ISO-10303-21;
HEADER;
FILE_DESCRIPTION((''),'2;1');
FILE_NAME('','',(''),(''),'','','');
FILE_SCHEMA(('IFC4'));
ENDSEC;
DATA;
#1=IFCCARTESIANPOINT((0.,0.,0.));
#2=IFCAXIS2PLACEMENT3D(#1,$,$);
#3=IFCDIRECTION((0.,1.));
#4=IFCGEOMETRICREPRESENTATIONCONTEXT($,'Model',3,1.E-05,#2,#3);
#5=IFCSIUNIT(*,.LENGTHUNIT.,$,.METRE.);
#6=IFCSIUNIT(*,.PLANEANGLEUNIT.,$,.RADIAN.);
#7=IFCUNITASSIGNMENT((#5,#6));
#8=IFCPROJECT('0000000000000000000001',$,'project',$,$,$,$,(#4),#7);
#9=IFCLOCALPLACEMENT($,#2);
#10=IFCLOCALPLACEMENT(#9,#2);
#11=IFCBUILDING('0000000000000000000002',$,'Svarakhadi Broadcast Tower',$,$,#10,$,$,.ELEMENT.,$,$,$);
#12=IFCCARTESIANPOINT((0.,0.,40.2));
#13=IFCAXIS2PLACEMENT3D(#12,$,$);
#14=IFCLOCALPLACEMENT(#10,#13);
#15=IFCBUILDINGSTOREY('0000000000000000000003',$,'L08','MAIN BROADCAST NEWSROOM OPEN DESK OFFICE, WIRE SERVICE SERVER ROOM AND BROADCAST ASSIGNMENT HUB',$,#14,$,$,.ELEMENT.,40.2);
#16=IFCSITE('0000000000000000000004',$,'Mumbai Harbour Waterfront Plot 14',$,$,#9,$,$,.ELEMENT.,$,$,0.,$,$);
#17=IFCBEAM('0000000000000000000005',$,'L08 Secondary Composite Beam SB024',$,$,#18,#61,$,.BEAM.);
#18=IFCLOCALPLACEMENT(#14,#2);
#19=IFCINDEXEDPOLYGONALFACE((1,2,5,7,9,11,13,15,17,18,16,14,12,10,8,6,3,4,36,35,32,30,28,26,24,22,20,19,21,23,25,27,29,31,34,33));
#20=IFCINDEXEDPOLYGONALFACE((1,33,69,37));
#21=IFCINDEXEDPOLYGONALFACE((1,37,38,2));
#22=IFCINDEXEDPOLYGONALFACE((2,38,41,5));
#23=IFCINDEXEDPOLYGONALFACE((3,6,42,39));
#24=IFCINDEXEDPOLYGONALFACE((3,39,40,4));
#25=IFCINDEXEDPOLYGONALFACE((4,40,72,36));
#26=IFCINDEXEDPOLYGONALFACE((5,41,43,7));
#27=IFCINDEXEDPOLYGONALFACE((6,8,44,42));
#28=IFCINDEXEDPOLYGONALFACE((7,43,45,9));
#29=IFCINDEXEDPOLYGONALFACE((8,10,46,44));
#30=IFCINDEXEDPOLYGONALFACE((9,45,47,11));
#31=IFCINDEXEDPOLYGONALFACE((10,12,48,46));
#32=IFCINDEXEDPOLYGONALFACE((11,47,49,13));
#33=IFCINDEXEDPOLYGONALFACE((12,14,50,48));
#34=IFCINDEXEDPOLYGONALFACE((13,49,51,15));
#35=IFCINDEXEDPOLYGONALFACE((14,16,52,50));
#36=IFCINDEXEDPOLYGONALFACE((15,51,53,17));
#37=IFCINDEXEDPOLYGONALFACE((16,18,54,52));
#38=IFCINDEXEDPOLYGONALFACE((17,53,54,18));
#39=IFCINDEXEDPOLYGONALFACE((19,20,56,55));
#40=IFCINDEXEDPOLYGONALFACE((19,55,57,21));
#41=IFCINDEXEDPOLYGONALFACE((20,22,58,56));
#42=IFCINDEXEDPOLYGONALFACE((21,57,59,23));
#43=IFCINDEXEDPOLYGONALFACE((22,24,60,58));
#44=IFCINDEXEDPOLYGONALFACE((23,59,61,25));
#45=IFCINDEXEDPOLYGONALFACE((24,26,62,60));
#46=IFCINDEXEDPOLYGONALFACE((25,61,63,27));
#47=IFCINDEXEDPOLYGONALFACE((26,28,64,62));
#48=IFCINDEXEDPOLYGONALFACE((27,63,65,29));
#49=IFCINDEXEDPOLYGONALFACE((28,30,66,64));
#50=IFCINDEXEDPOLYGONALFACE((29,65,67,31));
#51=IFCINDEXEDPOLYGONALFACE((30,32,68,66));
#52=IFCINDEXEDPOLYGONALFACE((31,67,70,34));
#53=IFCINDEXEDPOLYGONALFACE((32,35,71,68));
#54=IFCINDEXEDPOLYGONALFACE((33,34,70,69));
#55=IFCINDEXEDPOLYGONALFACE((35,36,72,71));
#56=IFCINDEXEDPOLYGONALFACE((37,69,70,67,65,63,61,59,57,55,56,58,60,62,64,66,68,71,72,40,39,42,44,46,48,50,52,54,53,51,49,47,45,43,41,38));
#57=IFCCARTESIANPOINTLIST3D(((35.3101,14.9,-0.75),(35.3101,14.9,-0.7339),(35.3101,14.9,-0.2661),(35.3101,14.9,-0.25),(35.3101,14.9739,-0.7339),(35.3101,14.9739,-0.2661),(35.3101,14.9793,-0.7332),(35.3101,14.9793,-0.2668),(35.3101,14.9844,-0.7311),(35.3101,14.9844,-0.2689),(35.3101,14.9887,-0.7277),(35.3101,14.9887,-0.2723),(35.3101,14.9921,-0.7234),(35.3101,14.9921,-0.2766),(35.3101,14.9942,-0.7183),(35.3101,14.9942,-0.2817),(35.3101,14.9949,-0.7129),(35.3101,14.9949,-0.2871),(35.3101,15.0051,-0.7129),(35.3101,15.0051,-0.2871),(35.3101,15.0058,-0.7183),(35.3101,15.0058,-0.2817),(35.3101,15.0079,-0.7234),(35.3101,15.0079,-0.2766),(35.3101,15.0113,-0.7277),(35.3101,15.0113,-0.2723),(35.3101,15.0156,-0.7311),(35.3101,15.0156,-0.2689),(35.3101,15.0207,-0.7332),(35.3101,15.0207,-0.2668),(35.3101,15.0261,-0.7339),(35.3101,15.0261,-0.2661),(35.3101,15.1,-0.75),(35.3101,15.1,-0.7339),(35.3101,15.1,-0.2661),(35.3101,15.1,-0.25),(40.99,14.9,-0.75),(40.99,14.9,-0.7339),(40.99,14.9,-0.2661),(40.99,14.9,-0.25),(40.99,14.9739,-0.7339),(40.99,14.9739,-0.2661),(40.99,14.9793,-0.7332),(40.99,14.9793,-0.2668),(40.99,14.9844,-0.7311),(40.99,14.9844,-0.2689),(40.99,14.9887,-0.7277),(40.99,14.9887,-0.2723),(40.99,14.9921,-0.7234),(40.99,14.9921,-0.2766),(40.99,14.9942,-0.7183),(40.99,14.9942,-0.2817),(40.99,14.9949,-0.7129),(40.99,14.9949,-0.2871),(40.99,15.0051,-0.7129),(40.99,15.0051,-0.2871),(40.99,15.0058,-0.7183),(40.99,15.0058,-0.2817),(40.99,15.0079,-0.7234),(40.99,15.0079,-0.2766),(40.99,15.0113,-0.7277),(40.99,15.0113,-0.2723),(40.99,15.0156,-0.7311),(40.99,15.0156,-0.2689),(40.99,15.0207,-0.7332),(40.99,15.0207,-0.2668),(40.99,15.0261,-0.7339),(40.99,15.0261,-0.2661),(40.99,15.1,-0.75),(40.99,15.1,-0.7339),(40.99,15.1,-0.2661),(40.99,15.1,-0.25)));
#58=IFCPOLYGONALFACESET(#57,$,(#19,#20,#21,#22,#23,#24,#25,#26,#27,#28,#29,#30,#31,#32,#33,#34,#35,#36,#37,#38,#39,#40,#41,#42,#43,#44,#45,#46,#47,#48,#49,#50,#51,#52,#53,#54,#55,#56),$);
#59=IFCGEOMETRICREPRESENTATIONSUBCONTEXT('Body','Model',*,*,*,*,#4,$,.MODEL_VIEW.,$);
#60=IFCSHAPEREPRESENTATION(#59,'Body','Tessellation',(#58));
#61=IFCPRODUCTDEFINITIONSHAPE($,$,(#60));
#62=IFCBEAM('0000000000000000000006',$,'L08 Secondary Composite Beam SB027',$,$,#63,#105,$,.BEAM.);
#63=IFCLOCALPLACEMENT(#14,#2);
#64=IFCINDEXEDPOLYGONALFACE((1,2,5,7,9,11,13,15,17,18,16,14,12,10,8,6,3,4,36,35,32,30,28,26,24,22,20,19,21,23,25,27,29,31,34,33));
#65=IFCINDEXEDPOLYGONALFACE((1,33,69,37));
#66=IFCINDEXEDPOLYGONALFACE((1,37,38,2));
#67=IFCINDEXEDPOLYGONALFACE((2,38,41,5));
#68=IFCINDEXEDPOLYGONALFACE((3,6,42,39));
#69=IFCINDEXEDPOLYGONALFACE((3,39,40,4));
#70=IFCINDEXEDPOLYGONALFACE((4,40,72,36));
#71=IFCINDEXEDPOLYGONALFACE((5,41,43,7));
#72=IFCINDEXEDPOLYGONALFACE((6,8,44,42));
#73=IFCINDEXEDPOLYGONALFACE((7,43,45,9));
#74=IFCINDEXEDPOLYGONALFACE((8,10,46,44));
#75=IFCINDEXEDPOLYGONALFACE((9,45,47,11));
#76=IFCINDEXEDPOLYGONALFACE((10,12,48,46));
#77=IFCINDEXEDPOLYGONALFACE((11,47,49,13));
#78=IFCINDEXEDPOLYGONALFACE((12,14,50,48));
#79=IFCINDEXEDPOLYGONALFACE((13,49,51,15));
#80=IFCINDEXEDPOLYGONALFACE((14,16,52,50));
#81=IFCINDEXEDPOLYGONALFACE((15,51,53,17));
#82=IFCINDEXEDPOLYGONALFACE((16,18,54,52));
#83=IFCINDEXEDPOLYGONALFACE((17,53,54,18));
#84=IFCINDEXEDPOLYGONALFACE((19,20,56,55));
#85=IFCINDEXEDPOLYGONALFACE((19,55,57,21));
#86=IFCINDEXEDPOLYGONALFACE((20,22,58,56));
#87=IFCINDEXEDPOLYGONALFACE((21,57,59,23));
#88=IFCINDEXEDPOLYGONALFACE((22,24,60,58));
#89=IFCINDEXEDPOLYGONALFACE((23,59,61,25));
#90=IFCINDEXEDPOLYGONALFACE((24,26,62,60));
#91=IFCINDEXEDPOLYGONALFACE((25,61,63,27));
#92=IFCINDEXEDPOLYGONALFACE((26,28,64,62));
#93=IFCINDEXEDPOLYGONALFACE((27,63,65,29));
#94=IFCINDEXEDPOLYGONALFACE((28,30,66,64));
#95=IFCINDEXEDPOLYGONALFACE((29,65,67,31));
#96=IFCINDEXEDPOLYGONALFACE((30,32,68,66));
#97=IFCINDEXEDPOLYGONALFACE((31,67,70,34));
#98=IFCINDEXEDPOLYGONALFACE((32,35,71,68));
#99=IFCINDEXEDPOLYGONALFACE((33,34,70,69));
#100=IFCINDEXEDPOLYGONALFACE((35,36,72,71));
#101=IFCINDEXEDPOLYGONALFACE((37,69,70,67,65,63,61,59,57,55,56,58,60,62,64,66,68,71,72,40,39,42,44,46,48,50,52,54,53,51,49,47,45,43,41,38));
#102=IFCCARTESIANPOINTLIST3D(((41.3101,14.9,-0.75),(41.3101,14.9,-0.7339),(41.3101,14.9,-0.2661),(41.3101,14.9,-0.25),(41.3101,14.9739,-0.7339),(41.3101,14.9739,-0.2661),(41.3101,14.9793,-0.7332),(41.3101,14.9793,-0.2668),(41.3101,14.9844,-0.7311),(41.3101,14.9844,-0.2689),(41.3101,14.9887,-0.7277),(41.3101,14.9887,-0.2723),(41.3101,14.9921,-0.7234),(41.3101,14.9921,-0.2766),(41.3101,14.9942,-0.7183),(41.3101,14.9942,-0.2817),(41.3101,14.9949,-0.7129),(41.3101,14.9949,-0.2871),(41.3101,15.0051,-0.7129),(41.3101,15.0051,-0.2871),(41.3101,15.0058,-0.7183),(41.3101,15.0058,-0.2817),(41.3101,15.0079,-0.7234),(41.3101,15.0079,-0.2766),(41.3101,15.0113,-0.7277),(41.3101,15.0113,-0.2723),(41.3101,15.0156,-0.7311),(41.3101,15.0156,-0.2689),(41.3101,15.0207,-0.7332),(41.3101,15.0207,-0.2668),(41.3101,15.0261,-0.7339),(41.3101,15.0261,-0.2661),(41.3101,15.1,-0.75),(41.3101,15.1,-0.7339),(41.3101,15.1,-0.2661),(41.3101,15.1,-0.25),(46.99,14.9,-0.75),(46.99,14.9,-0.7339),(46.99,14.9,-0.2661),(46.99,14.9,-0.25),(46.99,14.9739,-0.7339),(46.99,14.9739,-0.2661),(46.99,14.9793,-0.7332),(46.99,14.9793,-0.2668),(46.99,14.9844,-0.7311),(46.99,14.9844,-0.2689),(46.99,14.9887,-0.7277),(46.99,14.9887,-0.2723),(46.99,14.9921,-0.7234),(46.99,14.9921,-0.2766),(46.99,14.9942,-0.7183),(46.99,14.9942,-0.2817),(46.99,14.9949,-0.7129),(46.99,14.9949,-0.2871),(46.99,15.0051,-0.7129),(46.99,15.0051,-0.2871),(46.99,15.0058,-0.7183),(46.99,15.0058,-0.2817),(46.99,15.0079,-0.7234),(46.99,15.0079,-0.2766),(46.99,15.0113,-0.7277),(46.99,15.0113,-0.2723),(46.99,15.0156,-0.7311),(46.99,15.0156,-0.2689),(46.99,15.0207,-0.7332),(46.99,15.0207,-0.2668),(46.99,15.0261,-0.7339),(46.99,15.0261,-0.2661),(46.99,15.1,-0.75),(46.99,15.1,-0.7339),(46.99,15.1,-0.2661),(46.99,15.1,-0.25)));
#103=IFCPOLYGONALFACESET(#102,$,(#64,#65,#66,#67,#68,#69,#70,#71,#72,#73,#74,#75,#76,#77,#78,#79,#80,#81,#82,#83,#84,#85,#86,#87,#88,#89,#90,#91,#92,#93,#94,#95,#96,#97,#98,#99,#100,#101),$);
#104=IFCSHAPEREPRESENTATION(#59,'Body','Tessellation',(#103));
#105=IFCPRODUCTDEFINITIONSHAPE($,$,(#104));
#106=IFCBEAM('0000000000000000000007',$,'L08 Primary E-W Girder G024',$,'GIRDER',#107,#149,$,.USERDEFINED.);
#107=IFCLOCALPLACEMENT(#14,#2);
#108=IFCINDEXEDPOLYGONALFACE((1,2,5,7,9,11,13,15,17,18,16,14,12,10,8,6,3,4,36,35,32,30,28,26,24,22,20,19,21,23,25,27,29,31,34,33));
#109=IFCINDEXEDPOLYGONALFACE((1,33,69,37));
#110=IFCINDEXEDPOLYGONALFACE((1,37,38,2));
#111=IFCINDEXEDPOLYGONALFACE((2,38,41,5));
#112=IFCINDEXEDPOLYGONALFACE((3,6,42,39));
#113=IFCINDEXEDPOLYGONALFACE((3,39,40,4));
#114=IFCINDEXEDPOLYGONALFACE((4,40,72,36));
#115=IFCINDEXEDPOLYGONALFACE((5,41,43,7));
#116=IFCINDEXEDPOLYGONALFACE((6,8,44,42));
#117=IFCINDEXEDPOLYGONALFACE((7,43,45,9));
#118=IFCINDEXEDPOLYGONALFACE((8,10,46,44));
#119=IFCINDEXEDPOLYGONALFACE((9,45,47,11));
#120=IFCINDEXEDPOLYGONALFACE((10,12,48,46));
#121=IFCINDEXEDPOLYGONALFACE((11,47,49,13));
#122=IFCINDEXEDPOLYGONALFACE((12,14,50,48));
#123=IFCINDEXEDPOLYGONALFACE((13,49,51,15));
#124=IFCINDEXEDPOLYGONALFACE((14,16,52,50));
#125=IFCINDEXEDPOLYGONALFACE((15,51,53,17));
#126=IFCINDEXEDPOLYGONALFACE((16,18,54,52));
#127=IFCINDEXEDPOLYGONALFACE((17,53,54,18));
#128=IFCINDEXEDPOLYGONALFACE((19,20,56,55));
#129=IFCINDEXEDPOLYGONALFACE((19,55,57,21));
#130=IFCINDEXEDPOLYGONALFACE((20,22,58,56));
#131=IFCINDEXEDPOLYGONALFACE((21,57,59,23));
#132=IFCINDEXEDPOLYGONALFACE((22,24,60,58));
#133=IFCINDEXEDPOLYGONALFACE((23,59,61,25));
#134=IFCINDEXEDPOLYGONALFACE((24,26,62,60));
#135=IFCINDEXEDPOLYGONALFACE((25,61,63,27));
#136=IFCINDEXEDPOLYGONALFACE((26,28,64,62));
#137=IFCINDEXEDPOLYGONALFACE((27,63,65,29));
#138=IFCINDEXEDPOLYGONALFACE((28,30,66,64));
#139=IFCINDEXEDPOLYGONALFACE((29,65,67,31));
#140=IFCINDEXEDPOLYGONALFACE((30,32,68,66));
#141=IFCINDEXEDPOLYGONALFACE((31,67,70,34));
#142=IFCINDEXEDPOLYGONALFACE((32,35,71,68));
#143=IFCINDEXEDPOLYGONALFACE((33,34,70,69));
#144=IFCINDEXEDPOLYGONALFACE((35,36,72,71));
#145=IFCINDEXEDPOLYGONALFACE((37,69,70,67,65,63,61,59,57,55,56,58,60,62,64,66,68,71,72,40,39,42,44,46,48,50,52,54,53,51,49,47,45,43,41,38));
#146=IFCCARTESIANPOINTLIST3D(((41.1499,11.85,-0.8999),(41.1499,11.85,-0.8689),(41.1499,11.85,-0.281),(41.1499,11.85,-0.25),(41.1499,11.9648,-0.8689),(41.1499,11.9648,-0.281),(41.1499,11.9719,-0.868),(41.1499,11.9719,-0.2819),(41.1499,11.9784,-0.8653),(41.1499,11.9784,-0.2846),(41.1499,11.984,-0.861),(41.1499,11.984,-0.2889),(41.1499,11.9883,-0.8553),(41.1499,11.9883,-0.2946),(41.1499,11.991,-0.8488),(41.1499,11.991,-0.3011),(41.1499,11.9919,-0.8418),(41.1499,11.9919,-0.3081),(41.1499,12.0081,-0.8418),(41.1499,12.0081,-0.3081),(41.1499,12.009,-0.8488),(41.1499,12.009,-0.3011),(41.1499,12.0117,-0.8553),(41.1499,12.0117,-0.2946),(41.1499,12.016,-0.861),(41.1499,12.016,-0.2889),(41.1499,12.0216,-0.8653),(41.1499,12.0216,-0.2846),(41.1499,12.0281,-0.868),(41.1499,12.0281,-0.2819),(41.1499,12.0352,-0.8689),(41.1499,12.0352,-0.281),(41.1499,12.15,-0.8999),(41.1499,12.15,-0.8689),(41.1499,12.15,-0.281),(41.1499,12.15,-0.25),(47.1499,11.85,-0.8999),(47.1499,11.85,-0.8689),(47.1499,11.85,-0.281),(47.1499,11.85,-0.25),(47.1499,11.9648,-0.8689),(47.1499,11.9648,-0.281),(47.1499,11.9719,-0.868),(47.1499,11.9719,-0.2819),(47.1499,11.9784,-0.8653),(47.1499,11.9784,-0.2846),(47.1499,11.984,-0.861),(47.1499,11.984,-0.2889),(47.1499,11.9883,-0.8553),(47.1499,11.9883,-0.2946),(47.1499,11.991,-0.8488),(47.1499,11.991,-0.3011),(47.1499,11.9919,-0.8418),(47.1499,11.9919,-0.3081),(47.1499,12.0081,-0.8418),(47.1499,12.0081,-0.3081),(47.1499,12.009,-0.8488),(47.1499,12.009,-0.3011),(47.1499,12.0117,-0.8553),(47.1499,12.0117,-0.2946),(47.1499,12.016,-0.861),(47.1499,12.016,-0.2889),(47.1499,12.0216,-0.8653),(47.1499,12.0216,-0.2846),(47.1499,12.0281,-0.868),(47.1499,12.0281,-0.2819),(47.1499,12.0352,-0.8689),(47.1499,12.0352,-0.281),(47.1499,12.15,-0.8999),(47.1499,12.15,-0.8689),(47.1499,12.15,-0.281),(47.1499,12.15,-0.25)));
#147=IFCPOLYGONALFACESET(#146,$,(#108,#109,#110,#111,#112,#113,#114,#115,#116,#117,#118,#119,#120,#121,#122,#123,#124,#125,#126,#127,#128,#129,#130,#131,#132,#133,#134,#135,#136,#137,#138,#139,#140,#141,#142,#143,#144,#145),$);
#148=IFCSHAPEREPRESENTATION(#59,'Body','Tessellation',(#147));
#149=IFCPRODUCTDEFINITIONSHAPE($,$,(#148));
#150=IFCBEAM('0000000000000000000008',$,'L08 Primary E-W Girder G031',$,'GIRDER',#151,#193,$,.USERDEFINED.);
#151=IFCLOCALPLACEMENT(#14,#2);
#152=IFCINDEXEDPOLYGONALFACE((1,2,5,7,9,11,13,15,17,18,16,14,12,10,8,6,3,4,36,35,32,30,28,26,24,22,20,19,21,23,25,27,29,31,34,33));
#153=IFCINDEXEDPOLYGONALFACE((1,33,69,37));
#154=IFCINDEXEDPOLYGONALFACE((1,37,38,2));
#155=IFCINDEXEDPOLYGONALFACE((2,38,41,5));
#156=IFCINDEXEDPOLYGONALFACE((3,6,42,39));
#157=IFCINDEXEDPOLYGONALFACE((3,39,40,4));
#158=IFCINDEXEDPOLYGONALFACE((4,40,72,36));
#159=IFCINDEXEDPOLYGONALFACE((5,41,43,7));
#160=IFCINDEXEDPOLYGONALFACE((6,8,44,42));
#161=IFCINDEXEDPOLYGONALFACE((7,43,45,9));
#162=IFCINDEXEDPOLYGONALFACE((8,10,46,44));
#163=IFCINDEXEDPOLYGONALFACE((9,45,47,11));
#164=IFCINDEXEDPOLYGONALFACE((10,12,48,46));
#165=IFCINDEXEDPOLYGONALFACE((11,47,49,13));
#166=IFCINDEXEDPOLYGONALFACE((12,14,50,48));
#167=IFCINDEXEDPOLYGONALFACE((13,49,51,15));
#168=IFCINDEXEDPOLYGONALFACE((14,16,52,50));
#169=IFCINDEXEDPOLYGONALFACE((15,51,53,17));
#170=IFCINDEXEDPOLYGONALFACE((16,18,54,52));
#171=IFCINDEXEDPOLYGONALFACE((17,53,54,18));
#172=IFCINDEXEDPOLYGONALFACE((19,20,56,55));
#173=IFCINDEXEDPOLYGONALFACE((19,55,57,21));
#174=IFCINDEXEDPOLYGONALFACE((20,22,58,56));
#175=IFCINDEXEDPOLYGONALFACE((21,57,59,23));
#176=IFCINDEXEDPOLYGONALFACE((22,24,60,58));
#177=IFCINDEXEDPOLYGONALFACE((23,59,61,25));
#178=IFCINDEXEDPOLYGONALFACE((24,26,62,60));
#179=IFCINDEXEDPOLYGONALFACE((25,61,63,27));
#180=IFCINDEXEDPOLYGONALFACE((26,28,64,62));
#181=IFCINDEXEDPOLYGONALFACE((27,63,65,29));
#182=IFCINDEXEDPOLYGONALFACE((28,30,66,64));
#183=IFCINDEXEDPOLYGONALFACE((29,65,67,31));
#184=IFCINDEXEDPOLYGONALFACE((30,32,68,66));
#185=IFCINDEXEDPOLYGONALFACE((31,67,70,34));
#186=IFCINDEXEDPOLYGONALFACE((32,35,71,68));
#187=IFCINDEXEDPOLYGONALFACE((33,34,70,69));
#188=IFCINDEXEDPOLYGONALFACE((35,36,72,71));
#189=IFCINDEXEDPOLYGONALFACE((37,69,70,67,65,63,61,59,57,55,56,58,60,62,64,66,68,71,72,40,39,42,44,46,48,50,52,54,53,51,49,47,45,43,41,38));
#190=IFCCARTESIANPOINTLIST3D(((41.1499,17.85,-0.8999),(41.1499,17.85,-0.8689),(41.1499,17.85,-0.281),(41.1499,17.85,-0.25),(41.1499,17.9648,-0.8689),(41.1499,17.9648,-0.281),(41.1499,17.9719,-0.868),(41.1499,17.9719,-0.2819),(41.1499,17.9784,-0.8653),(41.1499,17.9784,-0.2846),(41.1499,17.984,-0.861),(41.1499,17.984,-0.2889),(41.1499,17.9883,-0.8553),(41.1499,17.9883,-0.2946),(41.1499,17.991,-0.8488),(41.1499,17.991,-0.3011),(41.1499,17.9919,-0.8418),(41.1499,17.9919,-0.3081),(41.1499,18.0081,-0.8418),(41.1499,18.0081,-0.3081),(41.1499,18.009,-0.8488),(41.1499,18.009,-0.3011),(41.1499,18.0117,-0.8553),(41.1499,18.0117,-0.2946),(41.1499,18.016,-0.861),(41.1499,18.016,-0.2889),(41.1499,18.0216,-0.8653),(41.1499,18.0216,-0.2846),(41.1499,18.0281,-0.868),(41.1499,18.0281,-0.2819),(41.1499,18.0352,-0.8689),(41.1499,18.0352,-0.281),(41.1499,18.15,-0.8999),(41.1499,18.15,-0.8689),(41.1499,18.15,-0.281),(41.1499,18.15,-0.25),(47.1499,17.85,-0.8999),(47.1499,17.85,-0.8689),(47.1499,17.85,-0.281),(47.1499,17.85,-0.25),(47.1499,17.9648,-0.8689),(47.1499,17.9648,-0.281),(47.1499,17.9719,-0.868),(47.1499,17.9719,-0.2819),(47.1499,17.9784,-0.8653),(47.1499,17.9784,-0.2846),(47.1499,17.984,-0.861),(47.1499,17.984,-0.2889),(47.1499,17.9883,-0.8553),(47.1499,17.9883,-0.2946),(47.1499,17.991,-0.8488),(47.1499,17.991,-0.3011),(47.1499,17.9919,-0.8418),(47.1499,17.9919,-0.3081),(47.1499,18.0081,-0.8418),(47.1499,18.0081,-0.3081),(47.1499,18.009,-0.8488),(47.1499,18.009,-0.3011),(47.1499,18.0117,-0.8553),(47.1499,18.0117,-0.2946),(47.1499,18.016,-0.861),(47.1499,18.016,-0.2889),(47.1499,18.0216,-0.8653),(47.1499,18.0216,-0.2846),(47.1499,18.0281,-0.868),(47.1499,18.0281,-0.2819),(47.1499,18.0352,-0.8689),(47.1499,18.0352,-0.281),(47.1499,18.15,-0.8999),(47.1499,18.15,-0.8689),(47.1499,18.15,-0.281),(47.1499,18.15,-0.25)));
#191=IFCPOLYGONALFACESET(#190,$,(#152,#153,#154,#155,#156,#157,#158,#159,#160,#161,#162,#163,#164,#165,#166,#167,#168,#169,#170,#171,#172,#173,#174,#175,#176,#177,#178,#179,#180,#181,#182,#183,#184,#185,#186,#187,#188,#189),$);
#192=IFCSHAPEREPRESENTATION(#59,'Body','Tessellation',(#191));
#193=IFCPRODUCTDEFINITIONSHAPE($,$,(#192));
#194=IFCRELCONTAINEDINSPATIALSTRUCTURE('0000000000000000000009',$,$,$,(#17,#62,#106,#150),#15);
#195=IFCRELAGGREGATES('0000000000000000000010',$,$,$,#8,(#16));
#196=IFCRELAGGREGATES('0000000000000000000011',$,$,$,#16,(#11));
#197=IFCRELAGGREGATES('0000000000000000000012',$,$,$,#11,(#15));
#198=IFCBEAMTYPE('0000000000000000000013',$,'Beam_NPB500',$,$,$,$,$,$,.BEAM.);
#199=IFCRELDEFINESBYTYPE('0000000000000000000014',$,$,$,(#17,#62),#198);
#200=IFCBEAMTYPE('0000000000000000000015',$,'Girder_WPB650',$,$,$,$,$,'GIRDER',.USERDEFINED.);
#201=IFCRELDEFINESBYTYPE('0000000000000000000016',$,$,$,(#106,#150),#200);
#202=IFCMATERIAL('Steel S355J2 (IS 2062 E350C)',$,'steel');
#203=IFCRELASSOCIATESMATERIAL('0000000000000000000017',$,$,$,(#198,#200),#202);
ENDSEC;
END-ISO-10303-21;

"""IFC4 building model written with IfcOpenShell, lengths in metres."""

from ifc_helpers import new_model, si_unit, direction, frame, origin, origin_2d, place, context, subcontext, project, spatial, i_section, extrude, material, material_profile, profile_set, type_object, element, save


model = new_model("IFC4")

# Units and contexts
model_context = context("Model", 3, precision=1e-05, world=origin(), true_north=direction((0.0, 1.0)))
body_context = subcontext(model_context, "Body", "Model", "MODEL_VIEW")
ifc_project = project(units=[si_unit("LENGTHUNIT", "METRE"), si_unit("PLANEANGLEUNIT", "RADIAN")], contexts=[model_context])

# Site, building, storey
site_placement = place(None, origin())
site = spatial("IfcSite", under=ifc_project, at=site_placement, Name="Mumbai Harbour Waterfront Plot 14", CompositionType="ELEMENT", RefElevation=0.0)
building_placement = place(site_placement, origin())
building = spatial("IfcBuilding", under=site, at=building_placement, Name="Svarakhadi Broadcast Tower", CompositionType="ELEMENT")
storey_placement = place(building_placement, frame((0.0, 0.0, 40.2)))
storey = spatial("IfcBuildingStorey", under=building, at=storey_placement, Name="L08", Description="MAIN BROADCAST NEWSROOM OPEN DESK OFFICE, WIRE SERVICE SERVER ROOM AND BROADCAST ASSIGNMENT HUB", CompositionType="ELEMENT", Elevation=40.2)

# Beams
ifc_material_1 = material(Name="Steel S355J2 (IS 2062 E350C)", Category="steel")
ifc_material_profile_1 = material_profile(ifc_material_1, i_section(OverallWidth=0.2, OverallDepth=0.5, WebThickness=0.0103, FlangeThickness=0.0161, FilletRadius=0.021, at=origin_2d()), Name="NPB 500x200x91")
ifc_profile_set_1 = profile_set([ifc_material_profile_1], Name="Steel S355J2 (IS 2062 E350C)")
beam_type_1 = type_object("IfcBeamType", Name="Beam_NPB500", PredefinedType="BEAM", material=ifc_profile_set_1)
for number, where, z_axis, x_axis, name in (
    (1, (35.3101, 15.0, -0.5), (1.0, 0.0, 0.0), (0.0, 1.0, 0.0), "L08 Secondary Composite Beam SB024"),
    (2, (41.3101, 15.0, -0.5), (1.0, 0.0, 0.0), (0.0, 1.0, 0.0), "L08 Secondary Composite Beam SB027"),
):
    element("IfcBeam", number, at=place(storey_placement, frame(where, z_axis=z_axis, x_axis=x_axis)), inside=storey, type_object=beam_type_1, Name=name, PredefinedType="BEAM", context=body_context, shape_type="SweptSolid", body=[
        extrude(i_section(OverallWidth=0.2, OverallDepth=0.5, WebThickness=0.0103, FlangeThickness=0.0161, FilletRadius=0.021, at=origin_2d()), origin(), (0.0, 0.0, 1.0), 5.6799),
    ])
ifc_material_profile_2 = material_profile(ifc_material_1, i_section(OverallWidth=0.3, OverallDepth=0.6499, WebThickness=0.0161, FlangeThickness=0.031, FilletRadius=0.0271, at=origin_2d()), Name="WPB 650x300x225")
ifc_profile_set_2 = profile_set([ifc_material_profile_2], Name="Steel S355J2 (IS 2062 E350C)")
beam_type_2 = type_object("IfcBeamType", Name="Girder_WPB650", ElementType="GIRDER", PredefinedType="USERDEFINED", material=ifc_profile_set_2)
for number, where, z_axis, x_axis, name in (
    (3, (41.1499, 12.0, -0.575), (1.0, 0.0, 0.0), (0.0, 1.0, 0.0), "L08 Primary E-W Girder G024"),
    (4, (41.1499, 18.0, -0.575), (1.0, 0.0, 0.0), (0.0, 1.0, 0.0), "L08 Primary E-W Girder G031"),
):
    element("IfcBeam", number, at=place(storey_placement, frame(where, z_axis=z_axis, x_axis=x_axis)), inside=storey, type_object=beam_type_2, Name=name, ObjectType="GIRDER", PredefinedType="USERDEFINED", context=body_context, shape_type="SweptSolid", body=[
        extrude(i_section(OverallWidth=0.3, OverallDepth=0.6499, WebThickness=0.0161, FlangeThickness=0.031, FilletRadius=0.0271, at=origin_2d()), origin(), (0.0, 0.0, 1.0), 6.0),
    ])

save(model, "model.ifc")
